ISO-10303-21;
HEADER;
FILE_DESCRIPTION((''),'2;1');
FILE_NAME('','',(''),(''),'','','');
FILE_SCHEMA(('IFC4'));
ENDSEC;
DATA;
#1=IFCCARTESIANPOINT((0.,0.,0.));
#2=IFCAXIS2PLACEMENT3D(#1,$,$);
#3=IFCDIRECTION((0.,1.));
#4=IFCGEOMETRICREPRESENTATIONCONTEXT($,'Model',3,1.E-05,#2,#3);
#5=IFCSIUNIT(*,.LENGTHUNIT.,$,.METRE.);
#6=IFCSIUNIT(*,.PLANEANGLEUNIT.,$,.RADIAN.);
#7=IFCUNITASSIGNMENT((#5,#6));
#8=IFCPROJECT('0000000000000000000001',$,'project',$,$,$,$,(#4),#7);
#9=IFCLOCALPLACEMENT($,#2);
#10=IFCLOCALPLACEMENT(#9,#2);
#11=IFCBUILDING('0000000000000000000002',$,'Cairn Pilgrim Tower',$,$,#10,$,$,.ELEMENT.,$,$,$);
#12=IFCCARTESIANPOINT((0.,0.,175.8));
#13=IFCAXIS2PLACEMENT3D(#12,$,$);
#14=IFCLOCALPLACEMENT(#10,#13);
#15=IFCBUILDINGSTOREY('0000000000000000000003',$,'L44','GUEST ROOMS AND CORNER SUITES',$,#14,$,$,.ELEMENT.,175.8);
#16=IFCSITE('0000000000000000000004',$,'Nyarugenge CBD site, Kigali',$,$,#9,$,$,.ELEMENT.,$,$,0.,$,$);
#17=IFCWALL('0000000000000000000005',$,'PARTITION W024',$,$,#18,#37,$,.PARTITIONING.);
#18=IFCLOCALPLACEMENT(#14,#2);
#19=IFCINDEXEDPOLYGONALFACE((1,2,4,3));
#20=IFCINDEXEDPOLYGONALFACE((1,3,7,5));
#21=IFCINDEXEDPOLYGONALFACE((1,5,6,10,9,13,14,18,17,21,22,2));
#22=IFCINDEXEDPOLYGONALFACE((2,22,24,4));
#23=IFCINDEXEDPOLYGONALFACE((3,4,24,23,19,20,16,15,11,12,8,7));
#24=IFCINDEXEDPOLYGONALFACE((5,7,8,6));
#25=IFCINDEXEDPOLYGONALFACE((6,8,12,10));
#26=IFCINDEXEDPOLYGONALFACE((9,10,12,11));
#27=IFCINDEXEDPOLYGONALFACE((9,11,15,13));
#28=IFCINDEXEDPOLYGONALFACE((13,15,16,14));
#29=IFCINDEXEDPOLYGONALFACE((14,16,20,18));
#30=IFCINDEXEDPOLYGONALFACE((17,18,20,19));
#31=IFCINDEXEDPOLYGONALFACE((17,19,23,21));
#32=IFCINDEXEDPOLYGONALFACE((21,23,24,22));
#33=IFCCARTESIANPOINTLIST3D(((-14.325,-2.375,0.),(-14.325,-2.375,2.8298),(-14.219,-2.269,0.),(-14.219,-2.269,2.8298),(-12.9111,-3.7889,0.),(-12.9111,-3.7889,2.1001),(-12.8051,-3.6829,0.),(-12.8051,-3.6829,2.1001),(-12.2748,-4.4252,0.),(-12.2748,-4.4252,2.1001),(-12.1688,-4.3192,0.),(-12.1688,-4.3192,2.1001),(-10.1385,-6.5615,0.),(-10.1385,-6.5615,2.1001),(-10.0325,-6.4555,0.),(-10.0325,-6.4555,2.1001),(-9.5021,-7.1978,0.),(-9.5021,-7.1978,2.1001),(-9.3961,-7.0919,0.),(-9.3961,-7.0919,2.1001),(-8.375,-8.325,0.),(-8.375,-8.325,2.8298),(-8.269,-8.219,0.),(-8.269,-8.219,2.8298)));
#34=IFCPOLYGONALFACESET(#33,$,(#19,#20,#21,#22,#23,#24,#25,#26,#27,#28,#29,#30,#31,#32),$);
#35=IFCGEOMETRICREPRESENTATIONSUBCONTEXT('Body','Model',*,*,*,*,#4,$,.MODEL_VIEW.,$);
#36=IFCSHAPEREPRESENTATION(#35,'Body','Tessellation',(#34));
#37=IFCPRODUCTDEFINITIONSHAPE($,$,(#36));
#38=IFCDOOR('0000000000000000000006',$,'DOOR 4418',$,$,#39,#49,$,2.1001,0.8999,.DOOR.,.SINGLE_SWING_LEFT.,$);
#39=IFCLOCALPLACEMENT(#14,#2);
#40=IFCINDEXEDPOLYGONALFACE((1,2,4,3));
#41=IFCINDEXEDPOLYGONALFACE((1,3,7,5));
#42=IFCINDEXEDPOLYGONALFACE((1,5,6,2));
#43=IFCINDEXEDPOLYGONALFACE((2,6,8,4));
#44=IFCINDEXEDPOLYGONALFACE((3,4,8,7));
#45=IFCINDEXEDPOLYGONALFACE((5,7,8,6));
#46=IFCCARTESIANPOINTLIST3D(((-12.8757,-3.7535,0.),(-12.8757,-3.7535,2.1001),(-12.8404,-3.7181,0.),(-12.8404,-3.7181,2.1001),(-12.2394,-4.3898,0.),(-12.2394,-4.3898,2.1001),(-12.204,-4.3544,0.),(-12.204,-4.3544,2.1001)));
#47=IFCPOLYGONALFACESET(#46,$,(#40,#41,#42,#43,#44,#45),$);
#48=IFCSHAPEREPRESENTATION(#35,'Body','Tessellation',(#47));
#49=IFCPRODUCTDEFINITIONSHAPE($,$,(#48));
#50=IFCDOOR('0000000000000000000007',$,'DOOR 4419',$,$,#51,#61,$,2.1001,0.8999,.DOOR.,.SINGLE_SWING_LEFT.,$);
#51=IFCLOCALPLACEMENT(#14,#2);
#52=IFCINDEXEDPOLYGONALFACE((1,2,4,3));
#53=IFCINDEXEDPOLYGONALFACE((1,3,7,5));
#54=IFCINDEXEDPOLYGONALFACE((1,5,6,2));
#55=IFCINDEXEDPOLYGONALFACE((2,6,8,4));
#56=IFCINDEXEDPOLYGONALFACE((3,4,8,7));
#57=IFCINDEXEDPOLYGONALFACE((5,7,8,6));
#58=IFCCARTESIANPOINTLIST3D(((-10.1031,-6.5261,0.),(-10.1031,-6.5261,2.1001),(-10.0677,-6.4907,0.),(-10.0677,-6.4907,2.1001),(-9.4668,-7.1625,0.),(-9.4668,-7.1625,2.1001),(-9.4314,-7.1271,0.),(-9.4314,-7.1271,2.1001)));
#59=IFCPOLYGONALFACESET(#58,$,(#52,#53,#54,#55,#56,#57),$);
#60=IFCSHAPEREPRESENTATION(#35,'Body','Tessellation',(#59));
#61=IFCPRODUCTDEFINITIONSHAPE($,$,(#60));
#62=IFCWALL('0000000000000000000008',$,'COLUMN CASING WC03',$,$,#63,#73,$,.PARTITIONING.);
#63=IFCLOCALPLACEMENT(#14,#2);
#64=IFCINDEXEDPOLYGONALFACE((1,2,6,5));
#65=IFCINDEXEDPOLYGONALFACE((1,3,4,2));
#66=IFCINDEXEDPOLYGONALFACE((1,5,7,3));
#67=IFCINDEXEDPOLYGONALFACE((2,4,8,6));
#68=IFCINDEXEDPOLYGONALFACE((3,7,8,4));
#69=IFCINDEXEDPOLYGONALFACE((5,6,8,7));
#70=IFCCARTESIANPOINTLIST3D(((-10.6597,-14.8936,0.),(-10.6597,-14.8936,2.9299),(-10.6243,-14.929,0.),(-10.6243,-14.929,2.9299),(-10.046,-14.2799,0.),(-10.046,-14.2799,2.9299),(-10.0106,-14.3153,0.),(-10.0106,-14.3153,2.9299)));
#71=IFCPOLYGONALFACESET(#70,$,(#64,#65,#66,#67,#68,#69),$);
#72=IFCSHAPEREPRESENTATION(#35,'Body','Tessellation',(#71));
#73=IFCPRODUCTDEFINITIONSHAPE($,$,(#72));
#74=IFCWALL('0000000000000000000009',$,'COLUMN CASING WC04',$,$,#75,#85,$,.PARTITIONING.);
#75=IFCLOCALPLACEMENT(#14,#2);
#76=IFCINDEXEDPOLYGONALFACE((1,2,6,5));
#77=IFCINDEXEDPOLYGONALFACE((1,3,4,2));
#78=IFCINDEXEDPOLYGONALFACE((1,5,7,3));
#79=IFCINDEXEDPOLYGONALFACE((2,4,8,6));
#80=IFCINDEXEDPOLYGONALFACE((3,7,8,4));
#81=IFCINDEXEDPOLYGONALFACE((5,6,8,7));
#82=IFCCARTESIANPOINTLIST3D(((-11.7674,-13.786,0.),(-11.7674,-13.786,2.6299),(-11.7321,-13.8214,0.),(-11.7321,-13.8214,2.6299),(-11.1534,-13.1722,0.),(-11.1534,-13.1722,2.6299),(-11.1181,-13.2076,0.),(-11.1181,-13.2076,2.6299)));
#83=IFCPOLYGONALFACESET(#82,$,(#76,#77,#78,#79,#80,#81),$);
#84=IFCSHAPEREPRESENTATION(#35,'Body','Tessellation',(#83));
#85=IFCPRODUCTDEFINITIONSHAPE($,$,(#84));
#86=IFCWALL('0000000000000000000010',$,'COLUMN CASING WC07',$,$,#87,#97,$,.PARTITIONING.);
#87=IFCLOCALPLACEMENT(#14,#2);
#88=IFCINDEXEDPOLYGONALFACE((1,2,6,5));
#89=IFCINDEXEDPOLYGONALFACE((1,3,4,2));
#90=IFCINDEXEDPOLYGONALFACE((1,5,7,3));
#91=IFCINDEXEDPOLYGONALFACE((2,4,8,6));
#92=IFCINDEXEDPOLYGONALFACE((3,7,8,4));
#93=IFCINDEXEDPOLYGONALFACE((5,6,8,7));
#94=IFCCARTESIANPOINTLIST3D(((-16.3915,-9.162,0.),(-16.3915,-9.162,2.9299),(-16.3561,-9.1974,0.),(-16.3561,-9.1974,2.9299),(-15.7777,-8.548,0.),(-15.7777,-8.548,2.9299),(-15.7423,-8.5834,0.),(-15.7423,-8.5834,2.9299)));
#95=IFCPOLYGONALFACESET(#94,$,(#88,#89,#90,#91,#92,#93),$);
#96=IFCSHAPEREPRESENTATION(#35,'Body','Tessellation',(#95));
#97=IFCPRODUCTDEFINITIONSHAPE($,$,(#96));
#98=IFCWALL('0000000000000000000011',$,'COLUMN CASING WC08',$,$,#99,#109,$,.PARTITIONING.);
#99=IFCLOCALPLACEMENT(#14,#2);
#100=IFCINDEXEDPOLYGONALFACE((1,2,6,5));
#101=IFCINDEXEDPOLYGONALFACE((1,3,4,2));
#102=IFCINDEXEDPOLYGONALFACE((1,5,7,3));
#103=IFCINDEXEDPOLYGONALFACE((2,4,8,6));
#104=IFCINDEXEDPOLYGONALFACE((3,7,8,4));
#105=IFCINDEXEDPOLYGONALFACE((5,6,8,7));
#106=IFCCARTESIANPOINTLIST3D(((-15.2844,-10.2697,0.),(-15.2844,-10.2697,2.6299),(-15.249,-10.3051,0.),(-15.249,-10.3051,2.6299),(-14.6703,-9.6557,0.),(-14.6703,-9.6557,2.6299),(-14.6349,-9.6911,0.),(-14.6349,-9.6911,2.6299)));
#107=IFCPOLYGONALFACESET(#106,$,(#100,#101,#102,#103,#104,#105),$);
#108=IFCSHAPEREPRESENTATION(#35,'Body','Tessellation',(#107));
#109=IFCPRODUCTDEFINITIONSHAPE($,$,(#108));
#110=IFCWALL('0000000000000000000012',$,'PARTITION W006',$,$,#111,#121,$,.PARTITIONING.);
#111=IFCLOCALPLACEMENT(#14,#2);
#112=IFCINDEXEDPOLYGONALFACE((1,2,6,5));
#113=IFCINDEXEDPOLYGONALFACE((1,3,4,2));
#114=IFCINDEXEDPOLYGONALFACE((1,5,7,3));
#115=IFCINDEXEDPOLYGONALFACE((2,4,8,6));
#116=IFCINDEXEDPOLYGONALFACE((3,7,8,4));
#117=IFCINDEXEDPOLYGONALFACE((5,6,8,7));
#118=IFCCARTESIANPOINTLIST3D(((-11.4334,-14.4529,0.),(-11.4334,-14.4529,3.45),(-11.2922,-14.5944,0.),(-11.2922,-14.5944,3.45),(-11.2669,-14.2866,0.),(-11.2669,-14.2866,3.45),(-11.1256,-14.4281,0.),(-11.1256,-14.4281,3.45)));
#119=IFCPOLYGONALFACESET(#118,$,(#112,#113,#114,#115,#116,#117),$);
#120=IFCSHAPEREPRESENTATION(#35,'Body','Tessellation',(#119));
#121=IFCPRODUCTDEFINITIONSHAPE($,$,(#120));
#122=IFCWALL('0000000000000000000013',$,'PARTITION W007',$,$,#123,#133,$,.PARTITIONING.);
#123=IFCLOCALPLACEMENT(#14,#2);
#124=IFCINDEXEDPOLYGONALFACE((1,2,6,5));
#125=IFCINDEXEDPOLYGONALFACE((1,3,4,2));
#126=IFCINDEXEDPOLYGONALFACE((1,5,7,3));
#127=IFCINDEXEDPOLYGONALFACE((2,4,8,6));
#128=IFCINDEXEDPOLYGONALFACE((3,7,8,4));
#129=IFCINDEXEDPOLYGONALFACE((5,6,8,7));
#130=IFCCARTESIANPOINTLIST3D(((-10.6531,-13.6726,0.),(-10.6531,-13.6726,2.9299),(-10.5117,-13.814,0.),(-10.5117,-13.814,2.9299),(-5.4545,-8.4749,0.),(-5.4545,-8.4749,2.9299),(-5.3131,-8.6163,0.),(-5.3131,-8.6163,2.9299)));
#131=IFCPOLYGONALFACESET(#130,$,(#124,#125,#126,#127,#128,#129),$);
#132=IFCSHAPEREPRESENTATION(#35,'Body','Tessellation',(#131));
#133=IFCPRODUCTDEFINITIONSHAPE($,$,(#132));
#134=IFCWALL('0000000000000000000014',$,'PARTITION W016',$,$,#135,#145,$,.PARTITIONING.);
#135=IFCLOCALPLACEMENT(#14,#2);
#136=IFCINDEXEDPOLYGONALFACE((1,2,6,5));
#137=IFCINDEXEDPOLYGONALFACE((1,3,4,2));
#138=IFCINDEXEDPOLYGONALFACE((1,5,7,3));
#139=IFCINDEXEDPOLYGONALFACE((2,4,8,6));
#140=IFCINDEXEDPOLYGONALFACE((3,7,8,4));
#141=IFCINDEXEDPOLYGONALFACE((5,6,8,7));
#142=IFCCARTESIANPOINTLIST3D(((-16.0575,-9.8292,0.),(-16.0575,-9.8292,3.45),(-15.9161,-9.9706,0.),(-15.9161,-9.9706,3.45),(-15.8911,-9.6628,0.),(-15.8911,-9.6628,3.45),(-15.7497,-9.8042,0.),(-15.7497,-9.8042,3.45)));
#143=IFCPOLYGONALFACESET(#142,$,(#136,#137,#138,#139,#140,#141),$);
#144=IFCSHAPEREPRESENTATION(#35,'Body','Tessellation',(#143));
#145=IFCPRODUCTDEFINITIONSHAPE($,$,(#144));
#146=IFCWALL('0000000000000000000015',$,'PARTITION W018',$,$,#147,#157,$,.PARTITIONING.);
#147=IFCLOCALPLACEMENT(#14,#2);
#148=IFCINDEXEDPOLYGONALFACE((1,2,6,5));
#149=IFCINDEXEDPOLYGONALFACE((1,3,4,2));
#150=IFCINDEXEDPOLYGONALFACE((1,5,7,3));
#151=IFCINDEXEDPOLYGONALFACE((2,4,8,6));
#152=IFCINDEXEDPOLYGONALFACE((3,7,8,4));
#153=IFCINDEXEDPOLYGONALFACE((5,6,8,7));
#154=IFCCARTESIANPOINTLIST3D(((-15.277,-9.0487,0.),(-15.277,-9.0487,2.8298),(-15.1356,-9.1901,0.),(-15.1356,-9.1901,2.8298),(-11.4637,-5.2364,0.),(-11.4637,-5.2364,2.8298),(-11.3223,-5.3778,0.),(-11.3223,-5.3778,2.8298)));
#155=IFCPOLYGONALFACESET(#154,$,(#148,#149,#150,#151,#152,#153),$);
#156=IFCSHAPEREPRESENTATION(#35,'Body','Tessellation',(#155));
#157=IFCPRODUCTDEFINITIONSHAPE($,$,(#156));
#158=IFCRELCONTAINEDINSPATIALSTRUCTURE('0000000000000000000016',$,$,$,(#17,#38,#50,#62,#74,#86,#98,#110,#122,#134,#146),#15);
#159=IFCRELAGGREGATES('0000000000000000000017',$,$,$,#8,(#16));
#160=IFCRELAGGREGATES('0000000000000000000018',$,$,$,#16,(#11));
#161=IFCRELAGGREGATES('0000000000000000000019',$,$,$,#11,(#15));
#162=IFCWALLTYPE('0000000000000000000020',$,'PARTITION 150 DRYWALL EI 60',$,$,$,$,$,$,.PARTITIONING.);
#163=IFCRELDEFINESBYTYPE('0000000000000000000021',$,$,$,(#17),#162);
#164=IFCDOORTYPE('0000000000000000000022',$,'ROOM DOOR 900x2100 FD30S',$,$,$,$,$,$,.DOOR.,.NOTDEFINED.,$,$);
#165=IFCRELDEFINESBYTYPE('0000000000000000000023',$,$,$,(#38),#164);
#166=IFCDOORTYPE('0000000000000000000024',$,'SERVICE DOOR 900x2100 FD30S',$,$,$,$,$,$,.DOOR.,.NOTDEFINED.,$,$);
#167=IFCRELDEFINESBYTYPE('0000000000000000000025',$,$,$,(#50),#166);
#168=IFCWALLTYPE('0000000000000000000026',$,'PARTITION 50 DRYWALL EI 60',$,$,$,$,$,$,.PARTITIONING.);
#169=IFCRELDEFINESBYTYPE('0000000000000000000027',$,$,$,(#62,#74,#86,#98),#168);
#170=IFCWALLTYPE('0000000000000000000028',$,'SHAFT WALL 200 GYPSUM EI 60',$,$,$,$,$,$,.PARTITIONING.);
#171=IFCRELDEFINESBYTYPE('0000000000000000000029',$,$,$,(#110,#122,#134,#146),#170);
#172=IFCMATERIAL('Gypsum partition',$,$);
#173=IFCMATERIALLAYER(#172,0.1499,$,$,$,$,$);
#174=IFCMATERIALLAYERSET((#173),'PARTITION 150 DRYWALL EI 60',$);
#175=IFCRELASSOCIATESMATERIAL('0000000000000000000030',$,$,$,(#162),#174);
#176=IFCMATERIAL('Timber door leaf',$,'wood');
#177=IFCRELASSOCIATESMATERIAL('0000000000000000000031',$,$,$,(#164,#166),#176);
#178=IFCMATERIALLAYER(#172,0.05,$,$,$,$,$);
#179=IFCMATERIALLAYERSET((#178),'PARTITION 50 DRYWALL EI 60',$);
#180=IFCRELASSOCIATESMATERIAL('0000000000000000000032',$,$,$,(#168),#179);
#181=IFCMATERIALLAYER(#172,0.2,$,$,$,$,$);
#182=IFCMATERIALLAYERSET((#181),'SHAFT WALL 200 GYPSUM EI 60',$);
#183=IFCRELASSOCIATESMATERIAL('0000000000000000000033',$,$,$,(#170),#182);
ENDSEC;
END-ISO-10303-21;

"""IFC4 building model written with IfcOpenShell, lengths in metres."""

from ifc_helpers import new_model, si_unit, direction, frame, frame_2d, origin, place, context, subcontext, project, spatial, rectangle, extrude, material, layer, layer_set, type_object, element, fill, save


model = new_model("IFC4")

# Units and contexts
model_context = context("Model", 3, precision=1e-05, world=origin(), true_north=direction((0.0, 1.0)))
body_context = subcontext(model_context, "Body", "Model", "MODEL_VIEW")
ifc_project = project(units=[si_unit("LENGTHUNIT", "METRE"), si_unit("PLANEANGLEUNIT", "RADIAN")], contexts=[model_context])

# Site, building, storey
site_placement = place(None, origin())
site = spatial("IfcSite", under=ifc_project, at=site_placement, Name="Nyarugenge CBD site, Kigali", CompositionType="ELEMENT", RefElevation=0.0)
building_placement = place(site_placement, origin())
building = spatial("IfcBuilding", under=site, at=building_placement, Name="Cairn Pilgrim Tower", CompositionType="ELEMENT")
storey_placement = place(building_placement, frame((0.0, 0.0, 175.8)))
storey = spatial("IfcBuildingStorey", under=building, at=storey_placement, Name="L44", Description="GUEST ROOMS AND CORNER SUITES", CompositionType="ELEMENT", Elevation=175.8)

# Wall, openings, doors
ifc_material_1 = material(Name="Gypsum partition")
ifc_layer_1 = layer(ifc_material_1, 0.1499)
ifc_layer_set_1 = layer_set([ifc_layer_1], Name="PARTITION 150 DRYWALL EI 60")
wall_type_1 = type_object("IfcWallType", Name="PARTITION 150 DRYWALL EI 60", PredefinedType="PARTITIONING", material=ifc_layer_set_1)
wall_1_placement = place(storey_placement, frame((-8.322, -8.272, 0.0), z_axis=(0.0, 0.0, 1.0), x_axis=(-0.707107, 0.707107, 0.0)))
wall_1 = element("IfcWall", 1, at=wall_1_placement, inside=storey, type_object=wall_type_1, Name="PARTITION W024", PredefinedType="PARTITIONING", context=body_context, shape_type="SweptSolid", body=[
    extrude(rectangle(XDim=8.4146, YDim=0.1499, at=frame_2d((4.2073, 0.0))), origin(), (0.0, 0.0, 1.0), 2.8298),
])
opening_1_placement = place(wall_1_placement, frame((5.5151, 0.0, 0.0)))
opening_1 = element("IfcOpeningElement", 2, at=opening_1_placement, cuts=wall_1, PredefinedType="OPENING", context=body_context, shape_type="SweptSolid", body=[
    extrude(rectangle(XDim=0.8999, YDim=2.1001, at=frame_2d((0.45, 1.05))), frame((0.0, 0.085, 0.0), z_axis=(0.0, -1.0, 0.0), x_axis=(1.0, 0.0, 0.0)), (0.0, 0.0, 1.0), 0.1699),
])
opening_2_placement = place(wall_1_placement, frame((1.594, 0.0, 0.0)))
opening_2 = element("IfcOpeningElement", 3, at=opening_2_placement, cuts=wall_1, PredefinedType="OPENING", context=body_context, shape_type="SweptSolid", body=[
    extrude(rectangle(XDim=0.8999, YDim=2.1001, at=frame_2d((0.45, 1.05))), frame((0.0, 0.085, 0.0), z_axis=(0.0, -1.0, 0.0), x_axis=(1.0, 0.0, 0.0)), (0.0, 0.0, 1.0), 0.1699),
])
ifc_material_2 = material(Name="Timber door leaf", Category="wood")
door_type_1 = type_object("IfcDoorType", Name="ROOM DOOR 900x2100 FD30S", OperationType="NOTDEFINED", PredefinedType="DOOR", material=ifc_material_2)
door_1_placement = place(opening_1_placement, origin())
door_1 = element("IfcDoor", 4, at=door_1_placement, inside=storey, type_object=door_type_1, Name="DOOR 4418", OperationType="SINGLE_SWING_LEFT", OverallHeight=2.1001, OverallWidth=0.8999, PredefinedType="DOOR", context=body_context, shape_type="SweptSolid", body=[
    extrude(rectangle(XDim=0.8999, YDim=2.1001, at=frame_2d((0.45, 1.05))), frame((0.0, 0.0249, 0.0), z_axis=(0.0, -1.0, 0.0), x_axis=(1.0, 0.0, 0.0)), (0.0, 0.0, 1.0), 0.05),
])
fill(opening_1, door_1)
door_type_2 = type_object("IfcDoorType", Name="SERVICE DOOR 900x2100 FD30S", OperationType="NOTDEFINED", PredefinedType="DOOR", material=ifc_material_2)
door_2_placement = place(opening_2_placement, origin())
door_2 = element("IfcDoor", 5, at=door_2_placement, inside=storey, type_object=door_type_2, Name="DOOR 4419", OperationType="SINGLE_SWING_LEFT", OverallHeight=2.1001, OverallWidth=0.8999, PredefinedType="DOOR", context=body_context, shape_type="SweptSolid", body=[
    extrude(rectangle(XDim=0.8999, YDim=2.1001, at=frame_2d((0.45, 1.05))), frame((0.0, 0.0249, 0.0), z_axis=(0.0, -1.0, 0.0), x_axis=(1.0, 0.0, 0.0)), (0.0, 0.0, 1.0), 0.05),
])
fill(opening_2, door_2)

# Walls
ifc_layer_2 = layer(ifc_material_1, 0.05)
ifc_layer_set_2 = layer_set([ifc_layer_2], Name="PARTITION 50 DRYWALL EI 60")
wall_type_2 = type_object("IfcWallType", Name="PARTITION 50 DRYWALL EI 60", PredefinedType="PARTITIONING", material=ifc_layer_set_2)
wall_2_placement = place(storey_placement, frame((-10.6421, -14.9114, 0.0), z_axis=(0.0, 0.0, 1.0), x_axis=(0.707107, 0.707107, 0.0)))
element("IfcWall", 6, at=wall_2_placement, inside=storey, type_object=wall_type_2, Name="COLUMN CASING WC03", PredefinedType="PARTITIONING", context=body_context, shape_type="SweptSolid", body=[
    extrude(rectangle(XDim=0.8679, YDim=0.05, at=frame_2d((0.4341, 0.0))), origin(), (0.0, 0.0, 1.0), 2.9299),
])
wall_3_placement = place(storey_placement, frame((-11.7498, -13.8037, 0.0), z_axis=(0.0, 0.0, 1.0), x_axis=(0.707247, 0.706966, 0.0)))
element("IfcWall", 7, at=wall_3_placement, inside=storey, type_object=wall_type_2, Name="COLUMN CASING WC04", PredefinedType="PARTITIONING", context=body_context, shape_type="SweptSolid", body=[
    extrude(rectangle(XDim=0.8682, YDim=0.05, at=frame_2d((0.4341, 0.0))), origin(), (0.0, 0.0, 1.0), 2.6299),
])
wall_4_placement = place(storey_placement, frame((-16.3738, -9.1797, 0.0), z_axis=(0.0, 0.0, 1.0), x_axis=(0.706966, 0.707247, 0.0)))
element("IfcWall", 8, at=wall_4_placement, inside=storey, type_object=wall_type_2, Name="COLUMN CASING WC07", PredefinedType="PARTITIONING", context=body_context, shape_type="SweptSolid", body=[
    extrude(rectangle(XDim=0.8682, YDim=0.05, at=frame_2d((0.4341, 0.0))), origin(), (0.0, 0.0, 1.0), 2.9299),
])
wall_5_placement = place(storey_placement, frame((-15.2666, -10.2874, 0.0), z_axis=(0.0, 0.0, 1.0), x_axis=(0.707107, 0.707107, 0.0)))
element("IfcWall", 9, at=wall_5_placement, inside=storey, type_object=wall_type_2, Name="COLUMN CASING WC08", PredefinedType="PARTITIONING", context=body_context, shape_type="SweptSolid", body=[
    extrude(rectangle(XDim=0.8684, YDim=0.05, at=frame_2d((0.4341, 0.0))), origin(), (0.0, 0.0, 1.0), 2.6299),
])
ifc_layer_3 = layer(ifc_material_1, 0.2)
ifc_layer_set_3 = layer_set([ifc_layer_3], Name="SHAFT WALL 200 GYPSUM EI 60")
wall_type_3 = type_object("IfcWallType", Name="SHAFT WALL 200 GYPSUM EI 60", PredefinedType="PARTITIONING", material=ifc_layer_set_3)
wall_6_placement = place(storey_placement, frame((-11.3628, -14.5237, 0.0), z_axis=(0.0, 0.0, 1.0), x_axis=(0.707625, 0.706588, 0.0)))
element("IfcWall", 10, at=wall_6_placement, inside=storey, type_object=wall_type_3, Name="PARTITION W006", PredefinedType="PARTITIONING", context=body_context, shape_type="SweptSolid", body=[
    extrude(rectangle(XDim=0.2354, YDim=0.2, at=frame_2d((0.1177, 0.0))), origin(), (0.0, 0.0, 1.0), 3.45),
])
wall_7_placement = place(storey_placement, frame((-10.5825, -13.7434, 0.0), z_axis=(0.0, 0.0, 1.0), x_axis=(0.707173, 0.70704, 0.0)))
element("IfcWall", 11, at=wall_7_placement, inside=storey, type_object=wall_type_3, Name="PARTITION W007", PredefinedType="PARTITIONING", context=body_context, shape_type="SweptSolid", body=[
    extrude(rectangle(XDim=7.3513, YDim=0.2, at=frame_2d((3.6758, 0.0))), origin(), (0.0, 0.0, 1.0), 2.9299),
])
wall_8_placement = place(storey_placement, frame((-15.9868, -9.8999, 0.0), z_axis=(0.0, 0.0, 1.0), x_axis=(0.707107, 0.707107, 0.0)))
element("IfcWall", 12, at=wall_8_placement, inside=storey, type_object=wall_type_3, Name="PARTITION W016", PredefinedType="PARTITIONING", context=body_context, shape_type="SweptSolid", body=[
    extrude(rectangle(XDim=0.2354, YDim=0.2, at=frame_2d((0.1177, 0.0))), origin(), (0.0, 0.0, 1.0), 3.45),
])
wall_9_placement = place(storey_placement, frame((-15.2063, -9.1194, 0.0), z_axis=(0.0, 0.0, 1.0), x_axis=(0.707197, 0.707016, 0.0)))
element("IfcWall", 13, at=wall_9_placement, inside=storey, type_object=wall_type_3, Name="PARTITION W018", PredefinedType="PARTITIONING", context=body_context, shape_type="SweptSolid", body=[
    extrude(rectangle(XDim=5.3921, YDim=0.2, at=frame_2d((2.696, 0.0))), origin(), (0.0, 0.0, 1.0), 2.8298),
])

save(model, "model.ifc")
